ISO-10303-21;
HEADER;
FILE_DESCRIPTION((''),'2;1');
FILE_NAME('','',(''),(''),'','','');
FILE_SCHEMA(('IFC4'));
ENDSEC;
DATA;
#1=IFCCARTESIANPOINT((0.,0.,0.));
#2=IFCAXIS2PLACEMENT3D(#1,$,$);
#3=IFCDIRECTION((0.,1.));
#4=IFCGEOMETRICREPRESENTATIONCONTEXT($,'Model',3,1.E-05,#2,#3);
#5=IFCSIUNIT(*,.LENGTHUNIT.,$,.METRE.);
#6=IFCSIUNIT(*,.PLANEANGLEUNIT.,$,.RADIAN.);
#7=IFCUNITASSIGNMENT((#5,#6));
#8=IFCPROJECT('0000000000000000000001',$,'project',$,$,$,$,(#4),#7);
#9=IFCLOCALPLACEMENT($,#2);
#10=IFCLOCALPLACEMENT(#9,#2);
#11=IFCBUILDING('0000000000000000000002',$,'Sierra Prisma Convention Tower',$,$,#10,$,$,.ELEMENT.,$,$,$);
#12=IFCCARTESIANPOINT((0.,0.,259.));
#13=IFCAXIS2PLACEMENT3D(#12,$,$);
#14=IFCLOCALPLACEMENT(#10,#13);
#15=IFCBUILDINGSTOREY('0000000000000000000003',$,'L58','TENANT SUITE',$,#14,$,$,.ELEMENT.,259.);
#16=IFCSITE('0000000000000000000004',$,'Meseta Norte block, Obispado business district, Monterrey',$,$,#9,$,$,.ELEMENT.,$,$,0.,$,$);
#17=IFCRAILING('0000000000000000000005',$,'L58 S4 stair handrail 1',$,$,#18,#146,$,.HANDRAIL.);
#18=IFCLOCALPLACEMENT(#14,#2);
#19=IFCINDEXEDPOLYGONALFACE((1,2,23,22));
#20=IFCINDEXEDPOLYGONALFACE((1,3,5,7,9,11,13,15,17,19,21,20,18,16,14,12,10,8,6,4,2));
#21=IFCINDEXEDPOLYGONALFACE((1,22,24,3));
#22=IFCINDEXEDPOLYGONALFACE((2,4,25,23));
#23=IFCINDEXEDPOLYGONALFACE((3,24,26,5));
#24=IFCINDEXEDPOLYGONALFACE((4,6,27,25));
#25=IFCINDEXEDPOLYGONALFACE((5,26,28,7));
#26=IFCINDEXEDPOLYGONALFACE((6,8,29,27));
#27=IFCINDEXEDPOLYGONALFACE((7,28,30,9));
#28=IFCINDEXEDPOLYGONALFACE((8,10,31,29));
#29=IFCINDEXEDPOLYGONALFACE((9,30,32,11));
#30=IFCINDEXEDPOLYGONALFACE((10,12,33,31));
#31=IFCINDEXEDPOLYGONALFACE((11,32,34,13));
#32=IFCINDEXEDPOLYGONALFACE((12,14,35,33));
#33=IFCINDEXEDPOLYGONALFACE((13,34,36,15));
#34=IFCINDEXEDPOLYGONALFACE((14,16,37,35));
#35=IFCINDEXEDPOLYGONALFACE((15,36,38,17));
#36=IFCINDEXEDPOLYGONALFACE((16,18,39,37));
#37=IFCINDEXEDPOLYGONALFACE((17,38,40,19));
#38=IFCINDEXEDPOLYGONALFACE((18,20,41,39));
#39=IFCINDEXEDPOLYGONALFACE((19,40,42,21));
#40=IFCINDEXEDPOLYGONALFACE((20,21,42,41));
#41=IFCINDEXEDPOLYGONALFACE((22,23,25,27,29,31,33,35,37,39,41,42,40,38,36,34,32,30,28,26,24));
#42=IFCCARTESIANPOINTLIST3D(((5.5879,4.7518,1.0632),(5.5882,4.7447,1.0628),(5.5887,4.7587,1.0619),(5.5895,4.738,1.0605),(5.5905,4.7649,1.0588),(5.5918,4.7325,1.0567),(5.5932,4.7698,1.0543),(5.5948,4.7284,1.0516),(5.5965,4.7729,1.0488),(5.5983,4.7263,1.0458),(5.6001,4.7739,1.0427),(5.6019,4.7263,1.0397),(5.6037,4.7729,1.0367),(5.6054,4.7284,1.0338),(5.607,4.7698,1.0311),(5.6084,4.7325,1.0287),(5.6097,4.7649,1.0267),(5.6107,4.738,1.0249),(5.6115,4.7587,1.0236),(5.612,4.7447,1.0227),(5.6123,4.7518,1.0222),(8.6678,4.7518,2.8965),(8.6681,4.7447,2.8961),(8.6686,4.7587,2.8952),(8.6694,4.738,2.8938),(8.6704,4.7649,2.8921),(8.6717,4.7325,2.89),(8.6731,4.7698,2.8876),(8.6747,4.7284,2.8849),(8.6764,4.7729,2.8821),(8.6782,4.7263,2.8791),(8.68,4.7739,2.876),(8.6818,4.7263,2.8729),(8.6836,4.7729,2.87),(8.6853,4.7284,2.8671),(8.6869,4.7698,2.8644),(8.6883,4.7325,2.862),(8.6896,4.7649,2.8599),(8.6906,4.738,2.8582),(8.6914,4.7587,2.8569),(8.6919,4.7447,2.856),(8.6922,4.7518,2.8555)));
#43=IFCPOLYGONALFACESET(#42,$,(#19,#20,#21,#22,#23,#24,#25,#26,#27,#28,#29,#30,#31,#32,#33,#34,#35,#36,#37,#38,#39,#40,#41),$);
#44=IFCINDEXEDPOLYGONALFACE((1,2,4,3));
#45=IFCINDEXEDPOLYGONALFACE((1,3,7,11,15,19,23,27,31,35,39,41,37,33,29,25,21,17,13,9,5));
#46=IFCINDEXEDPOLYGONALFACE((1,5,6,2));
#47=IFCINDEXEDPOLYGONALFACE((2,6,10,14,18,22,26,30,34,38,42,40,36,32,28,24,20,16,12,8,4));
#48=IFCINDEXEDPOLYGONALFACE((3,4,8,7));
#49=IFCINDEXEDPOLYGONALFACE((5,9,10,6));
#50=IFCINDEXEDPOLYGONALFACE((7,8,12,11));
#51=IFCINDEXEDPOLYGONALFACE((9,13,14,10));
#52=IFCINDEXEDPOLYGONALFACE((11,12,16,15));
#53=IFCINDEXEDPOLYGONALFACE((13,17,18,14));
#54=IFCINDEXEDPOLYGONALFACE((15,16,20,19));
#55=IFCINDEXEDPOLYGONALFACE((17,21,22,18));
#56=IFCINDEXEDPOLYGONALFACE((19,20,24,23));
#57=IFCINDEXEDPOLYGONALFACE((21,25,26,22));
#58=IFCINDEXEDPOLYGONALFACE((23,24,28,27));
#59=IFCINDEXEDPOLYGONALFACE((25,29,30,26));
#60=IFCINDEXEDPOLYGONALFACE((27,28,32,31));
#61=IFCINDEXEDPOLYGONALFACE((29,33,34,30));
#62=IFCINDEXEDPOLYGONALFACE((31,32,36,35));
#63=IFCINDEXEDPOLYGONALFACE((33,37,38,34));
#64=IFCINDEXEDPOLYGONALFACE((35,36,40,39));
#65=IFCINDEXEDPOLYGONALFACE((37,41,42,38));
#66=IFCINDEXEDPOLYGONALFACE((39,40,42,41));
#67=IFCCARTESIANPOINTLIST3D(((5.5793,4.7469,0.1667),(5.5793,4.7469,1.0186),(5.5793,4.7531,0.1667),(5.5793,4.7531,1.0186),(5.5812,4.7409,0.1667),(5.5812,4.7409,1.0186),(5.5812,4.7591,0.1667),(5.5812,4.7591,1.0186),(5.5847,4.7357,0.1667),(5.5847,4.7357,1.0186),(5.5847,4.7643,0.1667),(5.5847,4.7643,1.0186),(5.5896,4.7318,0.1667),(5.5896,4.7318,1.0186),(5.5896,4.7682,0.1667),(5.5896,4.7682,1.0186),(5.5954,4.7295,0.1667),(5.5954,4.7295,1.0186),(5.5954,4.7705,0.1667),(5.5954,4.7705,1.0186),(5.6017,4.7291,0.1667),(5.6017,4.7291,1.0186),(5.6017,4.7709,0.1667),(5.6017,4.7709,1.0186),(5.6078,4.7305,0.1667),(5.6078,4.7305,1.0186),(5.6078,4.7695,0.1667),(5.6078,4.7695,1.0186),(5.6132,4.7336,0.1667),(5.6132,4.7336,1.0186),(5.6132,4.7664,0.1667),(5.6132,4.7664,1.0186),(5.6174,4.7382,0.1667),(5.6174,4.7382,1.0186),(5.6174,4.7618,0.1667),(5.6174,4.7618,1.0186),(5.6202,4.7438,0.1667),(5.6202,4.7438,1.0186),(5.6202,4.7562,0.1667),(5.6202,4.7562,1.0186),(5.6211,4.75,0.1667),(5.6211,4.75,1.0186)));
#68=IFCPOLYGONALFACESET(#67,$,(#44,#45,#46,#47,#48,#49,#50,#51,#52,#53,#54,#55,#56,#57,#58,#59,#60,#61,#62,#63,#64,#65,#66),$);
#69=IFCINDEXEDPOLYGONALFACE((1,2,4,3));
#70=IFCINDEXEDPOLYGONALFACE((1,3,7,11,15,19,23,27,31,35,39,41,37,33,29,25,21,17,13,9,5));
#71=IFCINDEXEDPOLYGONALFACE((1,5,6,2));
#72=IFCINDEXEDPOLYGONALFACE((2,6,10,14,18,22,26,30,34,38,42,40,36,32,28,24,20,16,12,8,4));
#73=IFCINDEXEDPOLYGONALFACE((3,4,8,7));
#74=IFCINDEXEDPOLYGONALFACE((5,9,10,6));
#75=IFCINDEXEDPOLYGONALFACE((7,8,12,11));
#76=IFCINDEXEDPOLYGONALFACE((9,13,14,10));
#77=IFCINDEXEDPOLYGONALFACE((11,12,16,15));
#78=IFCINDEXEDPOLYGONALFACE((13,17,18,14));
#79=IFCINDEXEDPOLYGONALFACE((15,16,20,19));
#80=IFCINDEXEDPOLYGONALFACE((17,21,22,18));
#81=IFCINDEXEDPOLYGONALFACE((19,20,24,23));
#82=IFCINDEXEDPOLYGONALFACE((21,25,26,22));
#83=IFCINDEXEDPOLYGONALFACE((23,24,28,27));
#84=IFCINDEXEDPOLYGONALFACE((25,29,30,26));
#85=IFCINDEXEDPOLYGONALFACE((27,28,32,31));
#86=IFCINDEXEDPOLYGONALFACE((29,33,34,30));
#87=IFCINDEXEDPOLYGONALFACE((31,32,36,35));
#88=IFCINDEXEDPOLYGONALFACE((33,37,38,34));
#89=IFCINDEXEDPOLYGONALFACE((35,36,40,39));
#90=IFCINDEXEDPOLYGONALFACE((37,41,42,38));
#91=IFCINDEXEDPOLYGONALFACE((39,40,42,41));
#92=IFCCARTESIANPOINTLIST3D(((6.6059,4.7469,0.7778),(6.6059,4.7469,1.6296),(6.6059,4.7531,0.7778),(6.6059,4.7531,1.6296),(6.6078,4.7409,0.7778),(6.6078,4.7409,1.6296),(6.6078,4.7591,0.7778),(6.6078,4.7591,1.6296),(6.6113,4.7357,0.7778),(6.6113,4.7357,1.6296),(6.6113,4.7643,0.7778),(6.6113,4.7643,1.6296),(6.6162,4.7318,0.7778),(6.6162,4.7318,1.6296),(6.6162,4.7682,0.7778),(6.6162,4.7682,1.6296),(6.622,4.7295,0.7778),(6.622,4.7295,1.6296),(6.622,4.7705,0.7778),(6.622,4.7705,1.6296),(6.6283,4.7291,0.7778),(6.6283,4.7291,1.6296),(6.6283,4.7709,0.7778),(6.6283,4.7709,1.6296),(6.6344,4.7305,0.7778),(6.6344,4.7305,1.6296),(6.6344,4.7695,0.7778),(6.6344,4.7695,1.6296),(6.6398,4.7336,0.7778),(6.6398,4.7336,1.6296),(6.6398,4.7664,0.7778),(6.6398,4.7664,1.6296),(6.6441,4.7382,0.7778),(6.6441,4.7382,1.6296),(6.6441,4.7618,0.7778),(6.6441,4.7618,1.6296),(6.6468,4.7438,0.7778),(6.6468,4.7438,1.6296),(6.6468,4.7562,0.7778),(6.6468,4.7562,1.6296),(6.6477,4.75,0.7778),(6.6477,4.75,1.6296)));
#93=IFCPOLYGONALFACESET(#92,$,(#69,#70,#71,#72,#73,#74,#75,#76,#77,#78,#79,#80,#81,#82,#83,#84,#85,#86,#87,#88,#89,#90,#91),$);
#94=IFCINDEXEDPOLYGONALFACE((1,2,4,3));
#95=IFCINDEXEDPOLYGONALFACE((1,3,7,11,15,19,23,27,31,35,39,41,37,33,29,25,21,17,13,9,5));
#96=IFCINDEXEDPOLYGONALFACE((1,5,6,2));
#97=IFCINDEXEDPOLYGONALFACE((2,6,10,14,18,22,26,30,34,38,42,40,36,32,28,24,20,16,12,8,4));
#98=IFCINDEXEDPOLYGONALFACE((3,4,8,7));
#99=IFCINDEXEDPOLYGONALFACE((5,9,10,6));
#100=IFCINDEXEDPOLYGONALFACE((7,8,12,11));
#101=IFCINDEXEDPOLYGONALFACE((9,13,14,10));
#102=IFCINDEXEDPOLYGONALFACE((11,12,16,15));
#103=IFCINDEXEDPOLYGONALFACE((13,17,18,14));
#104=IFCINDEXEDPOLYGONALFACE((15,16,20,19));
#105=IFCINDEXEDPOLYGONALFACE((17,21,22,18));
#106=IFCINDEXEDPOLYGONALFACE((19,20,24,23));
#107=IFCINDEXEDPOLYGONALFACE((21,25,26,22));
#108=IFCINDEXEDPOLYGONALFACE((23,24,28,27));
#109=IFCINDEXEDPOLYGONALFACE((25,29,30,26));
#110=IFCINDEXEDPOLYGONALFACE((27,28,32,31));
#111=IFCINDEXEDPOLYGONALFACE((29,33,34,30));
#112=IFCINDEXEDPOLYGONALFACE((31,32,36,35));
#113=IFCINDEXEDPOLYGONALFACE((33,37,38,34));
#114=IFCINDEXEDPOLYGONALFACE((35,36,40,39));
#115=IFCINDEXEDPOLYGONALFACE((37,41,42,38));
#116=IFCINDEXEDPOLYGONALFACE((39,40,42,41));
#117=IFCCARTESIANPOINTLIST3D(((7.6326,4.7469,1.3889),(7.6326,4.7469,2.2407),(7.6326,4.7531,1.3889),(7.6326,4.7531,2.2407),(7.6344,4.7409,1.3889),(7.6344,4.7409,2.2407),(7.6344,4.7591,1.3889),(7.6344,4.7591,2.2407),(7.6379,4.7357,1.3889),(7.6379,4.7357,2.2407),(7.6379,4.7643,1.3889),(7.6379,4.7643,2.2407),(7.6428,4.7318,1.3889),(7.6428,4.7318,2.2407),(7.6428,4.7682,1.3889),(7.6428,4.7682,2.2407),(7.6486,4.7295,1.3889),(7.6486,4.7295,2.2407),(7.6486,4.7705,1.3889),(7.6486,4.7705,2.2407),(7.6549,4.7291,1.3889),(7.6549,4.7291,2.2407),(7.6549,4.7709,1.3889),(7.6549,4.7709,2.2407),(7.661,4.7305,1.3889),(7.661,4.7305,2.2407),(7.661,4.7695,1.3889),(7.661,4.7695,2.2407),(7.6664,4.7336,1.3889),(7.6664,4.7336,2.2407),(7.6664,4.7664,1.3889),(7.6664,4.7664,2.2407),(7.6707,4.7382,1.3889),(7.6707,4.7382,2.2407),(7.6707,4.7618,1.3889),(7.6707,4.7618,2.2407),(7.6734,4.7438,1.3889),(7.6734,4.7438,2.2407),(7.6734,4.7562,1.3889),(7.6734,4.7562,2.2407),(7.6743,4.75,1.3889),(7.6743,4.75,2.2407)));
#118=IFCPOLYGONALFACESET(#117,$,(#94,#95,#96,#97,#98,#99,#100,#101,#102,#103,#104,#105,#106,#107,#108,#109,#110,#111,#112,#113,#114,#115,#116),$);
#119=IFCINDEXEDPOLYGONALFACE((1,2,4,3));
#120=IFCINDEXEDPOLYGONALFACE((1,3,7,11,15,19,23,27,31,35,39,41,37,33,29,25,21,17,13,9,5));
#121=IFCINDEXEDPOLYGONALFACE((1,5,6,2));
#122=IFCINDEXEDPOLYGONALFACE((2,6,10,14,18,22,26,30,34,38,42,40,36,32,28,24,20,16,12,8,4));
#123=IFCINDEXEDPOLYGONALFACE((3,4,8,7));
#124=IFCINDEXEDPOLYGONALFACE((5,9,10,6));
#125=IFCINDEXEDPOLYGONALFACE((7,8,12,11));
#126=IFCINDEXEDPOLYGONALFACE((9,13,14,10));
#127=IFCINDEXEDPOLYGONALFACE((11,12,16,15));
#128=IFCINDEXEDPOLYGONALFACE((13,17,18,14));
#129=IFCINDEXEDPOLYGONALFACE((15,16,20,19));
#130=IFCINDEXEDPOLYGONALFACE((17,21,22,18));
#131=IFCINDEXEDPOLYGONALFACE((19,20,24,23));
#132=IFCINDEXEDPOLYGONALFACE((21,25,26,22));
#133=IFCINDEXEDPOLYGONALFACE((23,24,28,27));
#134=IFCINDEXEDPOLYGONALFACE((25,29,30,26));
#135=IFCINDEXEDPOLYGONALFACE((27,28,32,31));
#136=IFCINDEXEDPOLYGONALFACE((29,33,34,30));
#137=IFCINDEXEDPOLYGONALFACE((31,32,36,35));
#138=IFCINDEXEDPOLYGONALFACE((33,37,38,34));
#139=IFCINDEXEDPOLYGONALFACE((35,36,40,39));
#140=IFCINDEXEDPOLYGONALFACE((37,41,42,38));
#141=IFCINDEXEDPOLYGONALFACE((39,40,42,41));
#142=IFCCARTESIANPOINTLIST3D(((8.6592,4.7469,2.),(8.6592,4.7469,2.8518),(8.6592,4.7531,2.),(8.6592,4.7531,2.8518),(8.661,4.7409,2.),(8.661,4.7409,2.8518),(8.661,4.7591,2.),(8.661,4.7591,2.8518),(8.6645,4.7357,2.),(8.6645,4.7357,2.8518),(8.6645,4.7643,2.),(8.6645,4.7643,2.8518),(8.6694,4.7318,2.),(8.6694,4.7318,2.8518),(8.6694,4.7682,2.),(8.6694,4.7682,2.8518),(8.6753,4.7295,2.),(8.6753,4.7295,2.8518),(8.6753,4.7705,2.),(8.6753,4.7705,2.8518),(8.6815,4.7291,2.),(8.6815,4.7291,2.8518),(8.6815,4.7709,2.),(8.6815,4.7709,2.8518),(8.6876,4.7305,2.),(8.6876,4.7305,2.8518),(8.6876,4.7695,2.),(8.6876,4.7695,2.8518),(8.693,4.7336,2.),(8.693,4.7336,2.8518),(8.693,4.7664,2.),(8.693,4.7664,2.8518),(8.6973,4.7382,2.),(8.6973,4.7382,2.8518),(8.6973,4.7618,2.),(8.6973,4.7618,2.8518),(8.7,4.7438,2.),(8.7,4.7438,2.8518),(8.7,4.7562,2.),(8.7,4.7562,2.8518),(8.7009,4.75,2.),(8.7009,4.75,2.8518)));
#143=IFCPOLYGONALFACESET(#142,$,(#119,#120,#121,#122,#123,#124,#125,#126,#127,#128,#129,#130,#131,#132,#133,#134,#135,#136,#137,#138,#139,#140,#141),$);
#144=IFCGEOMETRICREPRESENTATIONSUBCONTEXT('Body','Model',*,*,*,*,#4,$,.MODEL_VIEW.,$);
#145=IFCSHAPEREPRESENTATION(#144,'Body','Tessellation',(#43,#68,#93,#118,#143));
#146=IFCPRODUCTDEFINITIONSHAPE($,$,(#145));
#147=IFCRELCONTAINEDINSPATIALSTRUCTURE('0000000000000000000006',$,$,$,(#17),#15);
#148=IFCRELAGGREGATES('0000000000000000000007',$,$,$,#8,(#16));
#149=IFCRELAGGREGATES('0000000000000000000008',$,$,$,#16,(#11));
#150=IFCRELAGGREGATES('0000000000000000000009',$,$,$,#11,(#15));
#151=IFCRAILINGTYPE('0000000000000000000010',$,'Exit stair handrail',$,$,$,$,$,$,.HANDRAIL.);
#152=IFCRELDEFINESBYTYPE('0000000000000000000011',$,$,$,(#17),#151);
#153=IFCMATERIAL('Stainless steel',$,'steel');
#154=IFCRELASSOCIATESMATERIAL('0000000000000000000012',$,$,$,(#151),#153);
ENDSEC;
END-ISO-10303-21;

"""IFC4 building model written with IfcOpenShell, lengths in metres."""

from ifc_helpers import new_model, si_unit, direction, frame, origin, origin_2d, place, context, subcontext, project, spatial, circle, extrude, material, type_object, element, save


model = new_model("IFC4")

# Units and contexts
model_context = context("Model", 3, precision=1e-05, world=origin(), true_north=direction((0.0, 1.0)))
body_context = subcontext(model_context, "Body", "Model", "MODEL_VIEW")
ifc_project = project(units=[si_unit("LENGTHUNIT", "METRE"), si_unit("PLANEANGLEUNIT", "RADIAN")], contexts=[model_context])

# Site, building, storey
site_placement = place(None, origin())
site = spatial("IfcSite", under=ifc_project, at=site_placement, Name="Meseta Norte block, Obispado business district, Monterrey", CompositionType="ELEMENT", RefElevation=0.0)
building_placement = place(site_placement, origin())
building = spatial("IfcBuilding", under=site, at=building_placement, Name="Sierra Prisma Convention Tower", CompositionType="ELEMENT")
storey_placement = place(building_placement, frame((0.0, 0.0, 259.0)))
storey = spatial("IfcBuildingStorey", under=building, at=storey_placement, Name="L58", Description="TENANT SUITE", CompositionType="ELEMENT", Elevation=259.0)

# Railing
ifc_material_1 = material(Name="Stainless steel", Category="steel")
railing_type_1 = type_object("IfcRailingType", Name="Exit stair handrail", PredefinedType="HANDRAIL", material=ifc_material_1)
railing_1_placement = place(storey_placement, frame((5.6001, 4.75, 0.1667)))
element("IfcRailing", 1, at=railing_1_placement, inside=storey, type_object=railing_type_1, Name="L58 S4 stair handrail 1", PredefinedType="HANDRAIL", context=body_context, shape_type="SweptSolid", body=[
    extrude(circle(Radius=0.0239, at=origin_2d()), frame((0.0, 0.0, 0.876), z_axis=(0.859291, 0.0, 0.511487), x_axis=(0.0, 1.0, 0.0)), (0.0, 0.0, 1.0), 3.5842),
    extrude(circle(Radius=0.021, at=origin_2d()), origin(), (0.0, 0.0, 1.0), 0.8518),
    extrude(circle(Radius=0.021, at=origin_2d()), frame((1.0266, 0.0, 0.6111)), (0.0, 0.0, 1.0), 0.8518),
    extrude(circle(Radius=0.021, at=origin_2d()), frame((2.0532, 0.0, 1.2222)), (0.0, 0.0, 1.0), 0.8518),
    extrude(circle(Radius=0.021, at=origin_2d()), frame((3.0798, 0.0, 1.8333)), (0.0, 0.0, 1.0), 0.8518),
])

save(model, "model.ifc")
